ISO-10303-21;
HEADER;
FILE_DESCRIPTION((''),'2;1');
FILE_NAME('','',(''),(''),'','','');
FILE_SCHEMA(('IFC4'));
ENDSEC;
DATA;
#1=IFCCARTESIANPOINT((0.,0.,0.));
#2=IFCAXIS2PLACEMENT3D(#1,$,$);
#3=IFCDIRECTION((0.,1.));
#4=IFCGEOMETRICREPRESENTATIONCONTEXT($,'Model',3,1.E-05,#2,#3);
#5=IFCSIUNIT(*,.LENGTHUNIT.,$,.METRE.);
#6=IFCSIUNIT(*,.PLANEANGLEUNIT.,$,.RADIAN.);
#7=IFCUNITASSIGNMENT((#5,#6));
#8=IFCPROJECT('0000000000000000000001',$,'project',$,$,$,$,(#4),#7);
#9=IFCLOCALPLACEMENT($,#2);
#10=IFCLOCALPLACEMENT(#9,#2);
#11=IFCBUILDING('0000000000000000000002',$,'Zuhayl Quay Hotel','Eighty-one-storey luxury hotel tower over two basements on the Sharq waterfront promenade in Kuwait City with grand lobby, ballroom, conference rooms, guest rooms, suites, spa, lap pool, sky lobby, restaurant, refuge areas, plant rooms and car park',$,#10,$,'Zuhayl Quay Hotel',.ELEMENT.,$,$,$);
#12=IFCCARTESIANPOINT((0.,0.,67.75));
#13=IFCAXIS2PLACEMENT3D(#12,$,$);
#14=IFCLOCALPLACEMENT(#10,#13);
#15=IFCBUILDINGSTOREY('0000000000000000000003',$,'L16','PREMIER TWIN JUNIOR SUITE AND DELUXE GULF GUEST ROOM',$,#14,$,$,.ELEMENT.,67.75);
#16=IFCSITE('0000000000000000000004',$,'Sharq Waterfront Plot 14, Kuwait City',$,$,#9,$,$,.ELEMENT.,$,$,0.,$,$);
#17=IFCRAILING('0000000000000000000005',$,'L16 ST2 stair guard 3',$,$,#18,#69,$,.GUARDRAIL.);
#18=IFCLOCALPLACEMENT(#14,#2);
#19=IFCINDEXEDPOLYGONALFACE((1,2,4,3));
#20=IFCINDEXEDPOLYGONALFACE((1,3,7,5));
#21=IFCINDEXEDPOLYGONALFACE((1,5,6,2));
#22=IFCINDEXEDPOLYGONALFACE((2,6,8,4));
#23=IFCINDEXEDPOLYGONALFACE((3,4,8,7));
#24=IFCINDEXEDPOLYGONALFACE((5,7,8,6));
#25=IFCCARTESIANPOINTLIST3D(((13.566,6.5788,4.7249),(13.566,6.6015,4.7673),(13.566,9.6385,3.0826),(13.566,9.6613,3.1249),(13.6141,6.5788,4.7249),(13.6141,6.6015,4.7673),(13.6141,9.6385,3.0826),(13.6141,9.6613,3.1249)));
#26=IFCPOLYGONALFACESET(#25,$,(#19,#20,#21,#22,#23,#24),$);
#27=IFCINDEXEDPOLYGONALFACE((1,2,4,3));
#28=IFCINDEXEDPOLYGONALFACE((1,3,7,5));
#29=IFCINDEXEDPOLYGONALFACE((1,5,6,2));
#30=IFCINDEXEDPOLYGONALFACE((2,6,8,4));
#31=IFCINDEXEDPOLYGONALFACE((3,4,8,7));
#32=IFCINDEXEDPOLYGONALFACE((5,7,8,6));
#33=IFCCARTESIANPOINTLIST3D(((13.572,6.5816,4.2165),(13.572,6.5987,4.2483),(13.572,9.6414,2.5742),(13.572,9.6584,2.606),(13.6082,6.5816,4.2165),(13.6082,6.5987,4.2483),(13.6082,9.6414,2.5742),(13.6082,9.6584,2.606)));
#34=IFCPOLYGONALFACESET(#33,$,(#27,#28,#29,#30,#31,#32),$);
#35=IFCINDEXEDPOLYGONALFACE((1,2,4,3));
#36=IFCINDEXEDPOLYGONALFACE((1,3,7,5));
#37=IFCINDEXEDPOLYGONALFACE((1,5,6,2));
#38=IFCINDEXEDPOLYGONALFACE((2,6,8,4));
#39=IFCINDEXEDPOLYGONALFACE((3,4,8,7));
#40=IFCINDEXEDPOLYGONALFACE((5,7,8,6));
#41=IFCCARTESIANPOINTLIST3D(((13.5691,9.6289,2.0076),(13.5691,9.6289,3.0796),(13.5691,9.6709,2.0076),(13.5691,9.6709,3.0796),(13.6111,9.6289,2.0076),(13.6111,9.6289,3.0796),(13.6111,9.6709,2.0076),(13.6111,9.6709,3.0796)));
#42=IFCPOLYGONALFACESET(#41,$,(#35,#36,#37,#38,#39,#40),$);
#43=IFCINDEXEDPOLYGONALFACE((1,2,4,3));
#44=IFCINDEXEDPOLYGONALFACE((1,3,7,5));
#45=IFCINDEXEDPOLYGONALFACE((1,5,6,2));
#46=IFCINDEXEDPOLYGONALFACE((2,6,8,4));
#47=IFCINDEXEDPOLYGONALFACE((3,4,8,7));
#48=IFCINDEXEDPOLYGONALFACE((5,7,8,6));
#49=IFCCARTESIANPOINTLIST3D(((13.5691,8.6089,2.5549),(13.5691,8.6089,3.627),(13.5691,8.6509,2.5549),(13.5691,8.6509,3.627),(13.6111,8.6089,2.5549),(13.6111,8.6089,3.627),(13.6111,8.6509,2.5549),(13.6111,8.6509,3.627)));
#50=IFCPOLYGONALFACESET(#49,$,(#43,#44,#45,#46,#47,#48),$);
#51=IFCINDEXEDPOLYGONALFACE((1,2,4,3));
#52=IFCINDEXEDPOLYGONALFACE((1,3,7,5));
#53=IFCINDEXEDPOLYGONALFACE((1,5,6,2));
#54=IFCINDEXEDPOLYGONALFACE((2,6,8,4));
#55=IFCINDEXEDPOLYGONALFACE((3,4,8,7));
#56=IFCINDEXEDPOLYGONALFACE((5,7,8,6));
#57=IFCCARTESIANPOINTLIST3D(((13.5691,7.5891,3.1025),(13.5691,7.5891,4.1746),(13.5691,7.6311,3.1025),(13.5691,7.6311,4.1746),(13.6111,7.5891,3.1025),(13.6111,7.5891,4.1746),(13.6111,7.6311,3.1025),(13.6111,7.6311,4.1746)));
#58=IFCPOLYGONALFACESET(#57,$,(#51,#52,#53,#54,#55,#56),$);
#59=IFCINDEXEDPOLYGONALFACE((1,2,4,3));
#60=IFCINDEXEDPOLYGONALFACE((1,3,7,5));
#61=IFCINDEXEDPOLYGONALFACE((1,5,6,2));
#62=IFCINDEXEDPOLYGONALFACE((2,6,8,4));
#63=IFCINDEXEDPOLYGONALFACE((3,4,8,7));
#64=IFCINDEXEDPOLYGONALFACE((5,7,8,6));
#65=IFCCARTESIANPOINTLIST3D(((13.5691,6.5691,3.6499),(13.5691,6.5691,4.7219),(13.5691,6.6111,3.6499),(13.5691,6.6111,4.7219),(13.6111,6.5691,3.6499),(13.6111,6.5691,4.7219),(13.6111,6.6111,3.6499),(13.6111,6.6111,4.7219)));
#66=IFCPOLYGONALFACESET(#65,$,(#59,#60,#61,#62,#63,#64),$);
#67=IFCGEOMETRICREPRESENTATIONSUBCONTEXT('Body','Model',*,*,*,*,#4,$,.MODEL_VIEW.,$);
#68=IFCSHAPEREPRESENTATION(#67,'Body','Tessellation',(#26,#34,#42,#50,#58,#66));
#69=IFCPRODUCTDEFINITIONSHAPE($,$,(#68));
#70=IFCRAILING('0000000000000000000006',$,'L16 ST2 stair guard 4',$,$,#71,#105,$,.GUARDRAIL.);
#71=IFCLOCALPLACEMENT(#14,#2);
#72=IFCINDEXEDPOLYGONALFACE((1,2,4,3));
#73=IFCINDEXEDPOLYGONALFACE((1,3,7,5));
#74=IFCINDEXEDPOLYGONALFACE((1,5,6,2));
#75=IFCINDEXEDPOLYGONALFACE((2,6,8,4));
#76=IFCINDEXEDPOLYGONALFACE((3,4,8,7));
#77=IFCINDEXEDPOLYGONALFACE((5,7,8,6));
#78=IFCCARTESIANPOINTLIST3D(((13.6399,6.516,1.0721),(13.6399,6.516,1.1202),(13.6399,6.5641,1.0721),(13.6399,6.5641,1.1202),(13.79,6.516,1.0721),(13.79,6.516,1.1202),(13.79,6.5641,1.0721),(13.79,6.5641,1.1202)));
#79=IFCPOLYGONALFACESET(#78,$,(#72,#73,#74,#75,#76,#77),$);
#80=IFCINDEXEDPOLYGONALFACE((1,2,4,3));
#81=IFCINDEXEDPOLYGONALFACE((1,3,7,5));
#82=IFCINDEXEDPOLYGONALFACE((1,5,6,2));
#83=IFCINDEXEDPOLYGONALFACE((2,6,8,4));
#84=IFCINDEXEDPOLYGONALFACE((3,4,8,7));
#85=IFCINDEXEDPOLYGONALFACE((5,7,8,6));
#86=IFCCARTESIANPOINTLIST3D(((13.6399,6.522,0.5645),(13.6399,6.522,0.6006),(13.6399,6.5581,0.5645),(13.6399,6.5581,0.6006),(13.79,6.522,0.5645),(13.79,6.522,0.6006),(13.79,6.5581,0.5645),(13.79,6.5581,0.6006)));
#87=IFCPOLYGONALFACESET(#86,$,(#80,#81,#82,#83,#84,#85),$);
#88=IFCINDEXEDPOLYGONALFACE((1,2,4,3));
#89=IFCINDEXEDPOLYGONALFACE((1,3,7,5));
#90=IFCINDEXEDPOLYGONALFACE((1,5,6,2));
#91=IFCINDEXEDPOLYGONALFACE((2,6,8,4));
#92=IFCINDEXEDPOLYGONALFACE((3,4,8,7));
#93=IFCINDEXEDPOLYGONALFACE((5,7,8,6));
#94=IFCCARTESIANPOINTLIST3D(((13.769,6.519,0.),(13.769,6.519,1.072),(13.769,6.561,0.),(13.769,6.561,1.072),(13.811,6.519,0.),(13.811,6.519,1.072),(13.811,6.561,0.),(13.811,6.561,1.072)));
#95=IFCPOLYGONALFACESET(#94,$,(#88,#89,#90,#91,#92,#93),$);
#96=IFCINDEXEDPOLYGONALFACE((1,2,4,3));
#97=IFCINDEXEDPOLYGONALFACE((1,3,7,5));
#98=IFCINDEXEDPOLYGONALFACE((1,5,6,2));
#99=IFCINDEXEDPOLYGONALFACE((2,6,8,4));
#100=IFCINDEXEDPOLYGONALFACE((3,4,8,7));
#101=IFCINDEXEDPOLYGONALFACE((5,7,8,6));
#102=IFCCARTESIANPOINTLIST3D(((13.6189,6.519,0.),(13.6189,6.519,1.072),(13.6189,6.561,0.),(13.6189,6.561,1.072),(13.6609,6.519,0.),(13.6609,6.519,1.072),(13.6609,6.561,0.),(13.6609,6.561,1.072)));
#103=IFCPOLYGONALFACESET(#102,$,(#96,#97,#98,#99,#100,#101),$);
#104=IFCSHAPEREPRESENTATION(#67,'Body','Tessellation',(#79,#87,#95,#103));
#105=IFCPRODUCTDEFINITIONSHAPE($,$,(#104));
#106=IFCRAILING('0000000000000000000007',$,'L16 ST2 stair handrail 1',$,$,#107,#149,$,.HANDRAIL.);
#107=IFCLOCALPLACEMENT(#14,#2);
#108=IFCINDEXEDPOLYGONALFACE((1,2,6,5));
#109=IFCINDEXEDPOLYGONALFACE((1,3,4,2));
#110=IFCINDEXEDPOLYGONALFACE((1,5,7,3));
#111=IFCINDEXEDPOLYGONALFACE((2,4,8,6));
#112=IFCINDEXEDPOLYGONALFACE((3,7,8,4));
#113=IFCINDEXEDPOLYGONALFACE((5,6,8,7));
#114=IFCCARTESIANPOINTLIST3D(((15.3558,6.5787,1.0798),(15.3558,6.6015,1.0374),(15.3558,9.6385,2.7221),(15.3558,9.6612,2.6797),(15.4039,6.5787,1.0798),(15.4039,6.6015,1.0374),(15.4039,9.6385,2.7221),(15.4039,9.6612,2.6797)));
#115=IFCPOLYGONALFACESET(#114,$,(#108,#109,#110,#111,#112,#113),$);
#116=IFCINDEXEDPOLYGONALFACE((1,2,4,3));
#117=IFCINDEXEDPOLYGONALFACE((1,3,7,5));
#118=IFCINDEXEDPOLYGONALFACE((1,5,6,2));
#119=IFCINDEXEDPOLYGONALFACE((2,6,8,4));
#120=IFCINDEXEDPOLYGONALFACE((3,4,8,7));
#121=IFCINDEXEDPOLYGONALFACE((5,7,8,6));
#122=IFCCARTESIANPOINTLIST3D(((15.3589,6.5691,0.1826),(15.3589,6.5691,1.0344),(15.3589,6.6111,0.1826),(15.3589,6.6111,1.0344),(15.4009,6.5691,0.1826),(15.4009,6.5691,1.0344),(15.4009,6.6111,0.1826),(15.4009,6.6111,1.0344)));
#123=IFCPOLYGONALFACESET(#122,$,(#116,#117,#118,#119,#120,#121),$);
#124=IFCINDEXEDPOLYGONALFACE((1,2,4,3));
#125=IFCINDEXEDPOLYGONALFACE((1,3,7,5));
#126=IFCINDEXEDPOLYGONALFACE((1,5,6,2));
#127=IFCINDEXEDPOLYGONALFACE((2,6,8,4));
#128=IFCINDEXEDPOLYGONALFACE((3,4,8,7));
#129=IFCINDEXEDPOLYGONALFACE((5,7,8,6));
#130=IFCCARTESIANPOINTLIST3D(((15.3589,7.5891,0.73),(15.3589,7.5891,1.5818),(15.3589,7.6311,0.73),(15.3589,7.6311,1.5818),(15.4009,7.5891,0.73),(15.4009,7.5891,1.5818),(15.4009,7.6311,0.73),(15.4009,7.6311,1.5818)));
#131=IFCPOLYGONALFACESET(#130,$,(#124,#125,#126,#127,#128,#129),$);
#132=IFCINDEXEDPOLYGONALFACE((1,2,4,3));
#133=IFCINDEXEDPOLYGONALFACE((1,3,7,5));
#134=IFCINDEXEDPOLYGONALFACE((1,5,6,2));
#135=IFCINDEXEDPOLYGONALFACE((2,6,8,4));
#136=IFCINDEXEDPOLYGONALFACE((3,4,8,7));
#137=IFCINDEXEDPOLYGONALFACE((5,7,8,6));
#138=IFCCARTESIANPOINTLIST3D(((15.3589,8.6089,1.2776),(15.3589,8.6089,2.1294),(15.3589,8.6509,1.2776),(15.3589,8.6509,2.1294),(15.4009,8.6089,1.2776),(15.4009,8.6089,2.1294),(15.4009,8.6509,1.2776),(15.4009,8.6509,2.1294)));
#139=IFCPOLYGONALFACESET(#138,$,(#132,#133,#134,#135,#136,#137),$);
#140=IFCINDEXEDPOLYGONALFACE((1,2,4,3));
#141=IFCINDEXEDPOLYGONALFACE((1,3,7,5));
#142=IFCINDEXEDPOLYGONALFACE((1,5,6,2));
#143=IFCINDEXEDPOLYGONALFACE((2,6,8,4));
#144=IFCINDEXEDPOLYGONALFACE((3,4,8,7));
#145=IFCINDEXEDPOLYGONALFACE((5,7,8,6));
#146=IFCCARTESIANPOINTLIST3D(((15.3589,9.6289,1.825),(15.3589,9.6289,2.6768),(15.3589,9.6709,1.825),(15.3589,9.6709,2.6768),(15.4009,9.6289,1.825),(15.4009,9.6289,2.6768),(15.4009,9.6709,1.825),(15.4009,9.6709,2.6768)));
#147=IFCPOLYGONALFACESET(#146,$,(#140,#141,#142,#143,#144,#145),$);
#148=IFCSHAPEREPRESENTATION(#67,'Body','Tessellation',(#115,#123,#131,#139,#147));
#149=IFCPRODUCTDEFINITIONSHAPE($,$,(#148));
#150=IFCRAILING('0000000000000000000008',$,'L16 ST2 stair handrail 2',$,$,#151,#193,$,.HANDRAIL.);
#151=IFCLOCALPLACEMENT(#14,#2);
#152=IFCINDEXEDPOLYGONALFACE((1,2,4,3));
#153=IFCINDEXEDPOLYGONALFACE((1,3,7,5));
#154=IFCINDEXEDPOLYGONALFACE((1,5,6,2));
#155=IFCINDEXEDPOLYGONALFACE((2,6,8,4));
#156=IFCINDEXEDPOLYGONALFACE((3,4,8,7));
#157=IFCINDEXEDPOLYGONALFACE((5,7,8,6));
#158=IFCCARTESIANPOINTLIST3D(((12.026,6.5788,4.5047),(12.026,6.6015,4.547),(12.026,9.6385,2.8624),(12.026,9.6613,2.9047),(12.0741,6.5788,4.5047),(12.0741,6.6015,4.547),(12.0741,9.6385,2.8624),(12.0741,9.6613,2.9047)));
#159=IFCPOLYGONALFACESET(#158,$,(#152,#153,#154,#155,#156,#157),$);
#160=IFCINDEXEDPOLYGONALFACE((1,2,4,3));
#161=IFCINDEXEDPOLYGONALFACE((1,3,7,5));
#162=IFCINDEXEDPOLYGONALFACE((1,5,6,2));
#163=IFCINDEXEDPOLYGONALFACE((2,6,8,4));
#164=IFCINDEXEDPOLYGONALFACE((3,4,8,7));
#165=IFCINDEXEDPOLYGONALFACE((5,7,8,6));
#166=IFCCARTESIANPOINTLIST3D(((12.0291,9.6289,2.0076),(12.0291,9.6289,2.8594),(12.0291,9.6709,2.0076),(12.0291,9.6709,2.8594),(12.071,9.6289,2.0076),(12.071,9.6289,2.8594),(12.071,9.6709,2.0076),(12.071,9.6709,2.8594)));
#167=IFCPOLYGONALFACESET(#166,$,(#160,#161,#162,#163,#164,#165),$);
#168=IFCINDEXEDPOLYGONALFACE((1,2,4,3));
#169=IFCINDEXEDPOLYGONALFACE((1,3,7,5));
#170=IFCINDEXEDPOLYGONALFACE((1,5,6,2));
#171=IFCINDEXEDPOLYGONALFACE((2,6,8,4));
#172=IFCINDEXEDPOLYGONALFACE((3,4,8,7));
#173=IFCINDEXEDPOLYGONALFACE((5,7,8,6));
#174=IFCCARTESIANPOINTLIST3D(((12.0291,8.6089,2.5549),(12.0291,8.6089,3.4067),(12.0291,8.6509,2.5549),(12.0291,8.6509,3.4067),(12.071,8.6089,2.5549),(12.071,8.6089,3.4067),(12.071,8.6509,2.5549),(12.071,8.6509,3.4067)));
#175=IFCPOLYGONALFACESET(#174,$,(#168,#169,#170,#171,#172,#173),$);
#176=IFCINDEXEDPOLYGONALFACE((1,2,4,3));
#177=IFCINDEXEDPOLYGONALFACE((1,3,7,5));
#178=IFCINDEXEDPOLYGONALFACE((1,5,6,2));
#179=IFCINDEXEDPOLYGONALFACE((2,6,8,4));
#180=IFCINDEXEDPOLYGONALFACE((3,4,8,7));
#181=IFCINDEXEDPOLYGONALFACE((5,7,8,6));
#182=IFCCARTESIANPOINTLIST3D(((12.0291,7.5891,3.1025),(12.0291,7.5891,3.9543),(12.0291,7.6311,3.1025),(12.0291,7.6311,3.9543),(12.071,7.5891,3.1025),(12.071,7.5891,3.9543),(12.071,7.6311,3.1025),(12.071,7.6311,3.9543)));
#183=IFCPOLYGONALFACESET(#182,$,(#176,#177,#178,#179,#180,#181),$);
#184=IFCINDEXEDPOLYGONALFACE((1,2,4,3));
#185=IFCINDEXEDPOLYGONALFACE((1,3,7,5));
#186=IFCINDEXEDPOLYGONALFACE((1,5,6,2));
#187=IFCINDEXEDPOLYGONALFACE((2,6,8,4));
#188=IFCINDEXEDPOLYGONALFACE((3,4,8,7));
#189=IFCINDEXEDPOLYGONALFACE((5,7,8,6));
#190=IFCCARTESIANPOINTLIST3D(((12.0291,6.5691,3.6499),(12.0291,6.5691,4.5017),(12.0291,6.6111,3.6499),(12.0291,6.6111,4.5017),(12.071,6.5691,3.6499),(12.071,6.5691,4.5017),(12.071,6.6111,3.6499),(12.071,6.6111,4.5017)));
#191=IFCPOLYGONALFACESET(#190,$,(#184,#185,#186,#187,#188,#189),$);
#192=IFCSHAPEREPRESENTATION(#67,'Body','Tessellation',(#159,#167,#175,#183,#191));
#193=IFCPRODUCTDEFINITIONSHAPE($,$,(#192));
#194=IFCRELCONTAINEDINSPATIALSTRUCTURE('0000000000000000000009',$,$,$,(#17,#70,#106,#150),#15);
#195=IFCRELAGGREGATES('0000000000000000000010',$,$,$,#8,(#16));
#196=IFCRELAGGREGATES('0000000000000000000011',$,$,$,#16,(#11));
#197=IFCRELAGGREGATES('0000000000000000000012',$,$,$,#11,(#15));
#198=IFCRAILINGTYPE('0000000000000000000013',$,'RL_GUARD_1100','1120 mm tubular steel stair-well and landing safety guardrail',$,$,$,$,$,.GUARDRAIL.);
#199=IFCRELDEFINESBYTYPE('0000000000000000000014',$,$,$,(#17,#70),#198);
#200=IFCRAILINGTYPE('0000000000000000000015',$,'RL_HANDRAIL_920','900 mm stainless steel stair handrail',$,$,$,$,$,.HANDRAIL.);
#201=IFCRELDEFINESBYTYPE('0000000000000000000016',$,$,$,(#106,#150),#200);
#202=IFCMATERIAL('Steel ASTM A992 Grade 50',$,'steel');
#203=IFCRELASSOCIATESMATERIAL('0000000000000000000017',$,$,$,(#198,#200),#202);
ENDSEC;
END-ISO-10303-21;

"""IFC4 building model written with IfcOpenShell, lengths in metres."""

from ifc_helpers import new_model, si_unit, direction, frame, origin, origin_2d, place, context, subcontext, project, spatial, rectangle, extrude, material, type_object, element, save


model = new_model("IFC4")

# Units and contexts
model_context = context("Model", 3, precision=1e-05, world=origin(), true_north=direction((0.0, 1.0)))
body_context = subcontext(model_context, "Body", "Model", "MODEL_VIEW")
ifc_project = project(units=[si_unit("LENGTHUNIT", "METRE"), si_unit("PLANEANGLEUNIT", "RADIAN")], contexts=[model_context])

# Site, building, storey
site_placement = place(None, origin())
site = spatial("IfcSite", under=ifc_project, at=site_placement, Name="Sharq Waterfront Plot 14, Kuwait City", CompositionType="ELEMENT", RefElevation=0.0)
building_placement = place(site_placement, origin())
building = spatial("IfcBuilding", under=site, at=building_placement, Name="Zuhayl Quay Hotel", Description="Eighty-one-storey luxury hotel tower over two basements on the Sharq waterfront promenade in Kuwait City with grand lobby, ballroom, conference rooms, guest rooms, suites, spa, lap pool, sky lobby, restaurant, refuge areas, plant rooms and car park", LongName="Zuhayl Quay Hotel", CompositionType="ELEMENT")
storey_placement = place(building_placement, frame((0.0, 0.0, 67.75)))
storey = spatial("IfcBuildingStorey", under=building, at=storey_placement, Name="L16", Description="PREMIER TWIN JUNIOR SUITE AND DELUXE GULF GUEST ROOM", CompositionType="ELEMENT", Elevation=67.75)

# Shared definitions
ifc_material_1 = material(Name="Steel ASTM A992 Grade 50", Category="steel")

# Railings
railing_type_1 = type_object("IfcRailingType", Name="RL_GUARD_1100", Description="1120 mm tubular steel stair-well and landing safety guardrail", PredefinedType="GUARDRAIL", material=ifc_material_1)
railing_1_placement = place(storey_placement, frame((13.5901, 9.6499, 2.0076)))
element("IfcRailing", 1, at=railing_1_placement, inside=storey, type_object=railing_type_1, Name="L16 ST2 stair guard 3", PredefinedType="GUARDRAIL", context=body_context, shape_type="SweptSolid", body=[
    extrude(rectangle(XDim=0.0481, YDim=0.0481, at=origin_2d()), frame((0.0, 0.0, 1.0962), z_axis=(0.0, -0.881102, 0.472926), x_axis=(1.0, 0.0, 0.0)), (0.0, 0.0, 1.0), 3.4727),
    extrude(rectangle(XDim=0.0361, YDim=0.0361, at=origin_2d()), frame((0.0, 0.0, 0.5825), z_axis=(0.0, -0.881102, 0.472926), x_axis=(1.0, 0.0, 0.0)), (0.0, 0.0, 1.0), 3.4727),
    extrude(rectangle(XDim=0.042, YDim=0.042, at=origin_2d()), origin(), (0.0, 0.0, 1.0), 1.072),
    extrude(rectangle(XDim=0.042, YDim=0.042, at=origin_2d()), frame((0.0, -1.02, 0.5474)), (0.0, 0.0, 1.0), 1.072),
    extrude(rectangle(XDim=0.042, YDim=0.042, at=origin_2d()), frame((0.0, -2.0398, 1.095)), (0.0, 0.0, 1.0), 1.072),
    extrude(rectangle(XDim=0.042, YDim=0.042, at=origin_2d()), frame((0.0, -3.0598, 1.6423)), (0.0, 0.0, 1.0), 1.072),
])
railing_2_placement = place(storey_placement, frame((13.79, 6.54, 0.0)))
element("IfcRailing", 2, at=railing_2_placement, inside=storey, type_object=railing_type_1, Name="L16 ST2 stair guard 4", PredefinedType="GUARDRAIL", context=body_context, shape_type="SweptSolid", body=[
    extrude(rectangle(XDim=0.0481, YDim=0.0481, at=origin_2d()), frame((0.0, 0.0, 1.0962), z_axis=(-1.0, 0.0, 0.0), x_axis=(0.0, -1.0, 0.0)), (0.0, 0.0, 1.0), 0.1501),
    extrude(rectangle(XDim=0.0361, YDim=0.0361, at=origin_2d()), frame((0.0, 0.0, 0.5825), z_axis=(-1.0, 0.0, 0.0), x_axis=(0.0, -1.0, 0.0)), (0.0, 0.0, 1.0), 0.1501),
    extrude(rectangle(XDim=0.042, YDim=0.042, at=origin_2d()), origin(), (0.0, 0.0, 1.0), 1.072),
    extrude(rectangle(XDim=0.042, YDim=0.042, at=origin_2d()), frame((-0.1501, 0.0, 0.0)), (0.0, 0.0, 1.0), 1.072),
])
railing_type_2 = type_object("IfcRailingType", Name="RL_HANDRAIL_920", Description="900 mm stainless steel stair handrail", PredefinedType="HANDRAIL", material=ifc_material_1)
railing_3_placement = place(storey_placement, frame((15.3799, 6.5901, 0.1826)))
element("IfcRailing", 3, at=railing_3_placement, inside=storey, type_object=railing_type_2, Name="L16 ST2 stair handrail 1", PredefinedType="HANDRAIL", context=body_context, shape_type="SweptSolid", body=[
    extrude(rectangle(XDim=0.0481, YDim=0.0481, at=origin_2d()), frame((0.0, 0.0, 0.876), z_axis=(0.0, 0.881102, 0.472926), x_axis=(-1.0, 0.0, 0.0)), (0.0, 0.0, 1.0), 3.4727),
    extrude(rectangle(XDim=0.042, YDim=0.042, at=origin_2d()), origin(), (0.0, 0.0, 1.0), 0.8518),
    extrude(rectangle(XDim=0.042, YDim=0.042, at=origin_2d()), frame((0.0, 1.02, 0.5474)), (0.0, 0.0, 1.0), 0.8518),
    extrude(rectangle(XDim=0.042, YDim=0.042, at=origin_2d()), frame((0.0, 2.0398, 1.095)), (0.0, 0.0, 1.0), 0.8518),
    extrude(rectangle(XDim=0.042, YDim=0.042, at=origin_2d()), frame((0.0, 3.0598, 1.6423)), (0.0, 0.0, 1.0), 0.8518),
])
railing_4_placement = place(storey_placement, frame((12.05, 9.6499, 2.0076)))
element("IfcRailing", 4, at=railing_4_placement, inside=storey, type_object=railing_type_2, Name="L16 ST2 stair handrail 2", PredefinedType="HANDRAIL", context=body_context, shape_type="SweptSolid", body=[
    extrude(rectangle(XDim=0.0481, YDim=0.0481, at=origin_2d()), frame((0.0, 0.0, 0.876), z_axis=(0.0, -0.881102, 0.472926), x_axis=(1.0, 0.0, 0.0)), (0.0, 0.0, 1.0), 3.4727),
    extrude(rectangle(XDim=0.042, YDim=0.042, at=origin_2d()), origin(), (0.0, 0.0, 1.0), 0.8518),
    extrude(rectangle(XDim=0.042, YDim=0.042, at=origin_2d()), frame((0.0, -1.02, 0.5474)), (0.0, 0.0, 1.0), 0.8518),
    extrude(rectangle(XDim=0.042, YDim=0.042, at=origin_2d()), frame((0.0, -2.0398, 1.095)), (0.0, 0.0, 1.0), 0.8518),
    extrude(rectangle(XDim=0.042, YDim=0.042, at=origin_2d()), frame((0.0, -3.0598, 1.6423)), (0.0, 0.0, 1.0), 0.8518),
])

save(model, "model.ifc")
